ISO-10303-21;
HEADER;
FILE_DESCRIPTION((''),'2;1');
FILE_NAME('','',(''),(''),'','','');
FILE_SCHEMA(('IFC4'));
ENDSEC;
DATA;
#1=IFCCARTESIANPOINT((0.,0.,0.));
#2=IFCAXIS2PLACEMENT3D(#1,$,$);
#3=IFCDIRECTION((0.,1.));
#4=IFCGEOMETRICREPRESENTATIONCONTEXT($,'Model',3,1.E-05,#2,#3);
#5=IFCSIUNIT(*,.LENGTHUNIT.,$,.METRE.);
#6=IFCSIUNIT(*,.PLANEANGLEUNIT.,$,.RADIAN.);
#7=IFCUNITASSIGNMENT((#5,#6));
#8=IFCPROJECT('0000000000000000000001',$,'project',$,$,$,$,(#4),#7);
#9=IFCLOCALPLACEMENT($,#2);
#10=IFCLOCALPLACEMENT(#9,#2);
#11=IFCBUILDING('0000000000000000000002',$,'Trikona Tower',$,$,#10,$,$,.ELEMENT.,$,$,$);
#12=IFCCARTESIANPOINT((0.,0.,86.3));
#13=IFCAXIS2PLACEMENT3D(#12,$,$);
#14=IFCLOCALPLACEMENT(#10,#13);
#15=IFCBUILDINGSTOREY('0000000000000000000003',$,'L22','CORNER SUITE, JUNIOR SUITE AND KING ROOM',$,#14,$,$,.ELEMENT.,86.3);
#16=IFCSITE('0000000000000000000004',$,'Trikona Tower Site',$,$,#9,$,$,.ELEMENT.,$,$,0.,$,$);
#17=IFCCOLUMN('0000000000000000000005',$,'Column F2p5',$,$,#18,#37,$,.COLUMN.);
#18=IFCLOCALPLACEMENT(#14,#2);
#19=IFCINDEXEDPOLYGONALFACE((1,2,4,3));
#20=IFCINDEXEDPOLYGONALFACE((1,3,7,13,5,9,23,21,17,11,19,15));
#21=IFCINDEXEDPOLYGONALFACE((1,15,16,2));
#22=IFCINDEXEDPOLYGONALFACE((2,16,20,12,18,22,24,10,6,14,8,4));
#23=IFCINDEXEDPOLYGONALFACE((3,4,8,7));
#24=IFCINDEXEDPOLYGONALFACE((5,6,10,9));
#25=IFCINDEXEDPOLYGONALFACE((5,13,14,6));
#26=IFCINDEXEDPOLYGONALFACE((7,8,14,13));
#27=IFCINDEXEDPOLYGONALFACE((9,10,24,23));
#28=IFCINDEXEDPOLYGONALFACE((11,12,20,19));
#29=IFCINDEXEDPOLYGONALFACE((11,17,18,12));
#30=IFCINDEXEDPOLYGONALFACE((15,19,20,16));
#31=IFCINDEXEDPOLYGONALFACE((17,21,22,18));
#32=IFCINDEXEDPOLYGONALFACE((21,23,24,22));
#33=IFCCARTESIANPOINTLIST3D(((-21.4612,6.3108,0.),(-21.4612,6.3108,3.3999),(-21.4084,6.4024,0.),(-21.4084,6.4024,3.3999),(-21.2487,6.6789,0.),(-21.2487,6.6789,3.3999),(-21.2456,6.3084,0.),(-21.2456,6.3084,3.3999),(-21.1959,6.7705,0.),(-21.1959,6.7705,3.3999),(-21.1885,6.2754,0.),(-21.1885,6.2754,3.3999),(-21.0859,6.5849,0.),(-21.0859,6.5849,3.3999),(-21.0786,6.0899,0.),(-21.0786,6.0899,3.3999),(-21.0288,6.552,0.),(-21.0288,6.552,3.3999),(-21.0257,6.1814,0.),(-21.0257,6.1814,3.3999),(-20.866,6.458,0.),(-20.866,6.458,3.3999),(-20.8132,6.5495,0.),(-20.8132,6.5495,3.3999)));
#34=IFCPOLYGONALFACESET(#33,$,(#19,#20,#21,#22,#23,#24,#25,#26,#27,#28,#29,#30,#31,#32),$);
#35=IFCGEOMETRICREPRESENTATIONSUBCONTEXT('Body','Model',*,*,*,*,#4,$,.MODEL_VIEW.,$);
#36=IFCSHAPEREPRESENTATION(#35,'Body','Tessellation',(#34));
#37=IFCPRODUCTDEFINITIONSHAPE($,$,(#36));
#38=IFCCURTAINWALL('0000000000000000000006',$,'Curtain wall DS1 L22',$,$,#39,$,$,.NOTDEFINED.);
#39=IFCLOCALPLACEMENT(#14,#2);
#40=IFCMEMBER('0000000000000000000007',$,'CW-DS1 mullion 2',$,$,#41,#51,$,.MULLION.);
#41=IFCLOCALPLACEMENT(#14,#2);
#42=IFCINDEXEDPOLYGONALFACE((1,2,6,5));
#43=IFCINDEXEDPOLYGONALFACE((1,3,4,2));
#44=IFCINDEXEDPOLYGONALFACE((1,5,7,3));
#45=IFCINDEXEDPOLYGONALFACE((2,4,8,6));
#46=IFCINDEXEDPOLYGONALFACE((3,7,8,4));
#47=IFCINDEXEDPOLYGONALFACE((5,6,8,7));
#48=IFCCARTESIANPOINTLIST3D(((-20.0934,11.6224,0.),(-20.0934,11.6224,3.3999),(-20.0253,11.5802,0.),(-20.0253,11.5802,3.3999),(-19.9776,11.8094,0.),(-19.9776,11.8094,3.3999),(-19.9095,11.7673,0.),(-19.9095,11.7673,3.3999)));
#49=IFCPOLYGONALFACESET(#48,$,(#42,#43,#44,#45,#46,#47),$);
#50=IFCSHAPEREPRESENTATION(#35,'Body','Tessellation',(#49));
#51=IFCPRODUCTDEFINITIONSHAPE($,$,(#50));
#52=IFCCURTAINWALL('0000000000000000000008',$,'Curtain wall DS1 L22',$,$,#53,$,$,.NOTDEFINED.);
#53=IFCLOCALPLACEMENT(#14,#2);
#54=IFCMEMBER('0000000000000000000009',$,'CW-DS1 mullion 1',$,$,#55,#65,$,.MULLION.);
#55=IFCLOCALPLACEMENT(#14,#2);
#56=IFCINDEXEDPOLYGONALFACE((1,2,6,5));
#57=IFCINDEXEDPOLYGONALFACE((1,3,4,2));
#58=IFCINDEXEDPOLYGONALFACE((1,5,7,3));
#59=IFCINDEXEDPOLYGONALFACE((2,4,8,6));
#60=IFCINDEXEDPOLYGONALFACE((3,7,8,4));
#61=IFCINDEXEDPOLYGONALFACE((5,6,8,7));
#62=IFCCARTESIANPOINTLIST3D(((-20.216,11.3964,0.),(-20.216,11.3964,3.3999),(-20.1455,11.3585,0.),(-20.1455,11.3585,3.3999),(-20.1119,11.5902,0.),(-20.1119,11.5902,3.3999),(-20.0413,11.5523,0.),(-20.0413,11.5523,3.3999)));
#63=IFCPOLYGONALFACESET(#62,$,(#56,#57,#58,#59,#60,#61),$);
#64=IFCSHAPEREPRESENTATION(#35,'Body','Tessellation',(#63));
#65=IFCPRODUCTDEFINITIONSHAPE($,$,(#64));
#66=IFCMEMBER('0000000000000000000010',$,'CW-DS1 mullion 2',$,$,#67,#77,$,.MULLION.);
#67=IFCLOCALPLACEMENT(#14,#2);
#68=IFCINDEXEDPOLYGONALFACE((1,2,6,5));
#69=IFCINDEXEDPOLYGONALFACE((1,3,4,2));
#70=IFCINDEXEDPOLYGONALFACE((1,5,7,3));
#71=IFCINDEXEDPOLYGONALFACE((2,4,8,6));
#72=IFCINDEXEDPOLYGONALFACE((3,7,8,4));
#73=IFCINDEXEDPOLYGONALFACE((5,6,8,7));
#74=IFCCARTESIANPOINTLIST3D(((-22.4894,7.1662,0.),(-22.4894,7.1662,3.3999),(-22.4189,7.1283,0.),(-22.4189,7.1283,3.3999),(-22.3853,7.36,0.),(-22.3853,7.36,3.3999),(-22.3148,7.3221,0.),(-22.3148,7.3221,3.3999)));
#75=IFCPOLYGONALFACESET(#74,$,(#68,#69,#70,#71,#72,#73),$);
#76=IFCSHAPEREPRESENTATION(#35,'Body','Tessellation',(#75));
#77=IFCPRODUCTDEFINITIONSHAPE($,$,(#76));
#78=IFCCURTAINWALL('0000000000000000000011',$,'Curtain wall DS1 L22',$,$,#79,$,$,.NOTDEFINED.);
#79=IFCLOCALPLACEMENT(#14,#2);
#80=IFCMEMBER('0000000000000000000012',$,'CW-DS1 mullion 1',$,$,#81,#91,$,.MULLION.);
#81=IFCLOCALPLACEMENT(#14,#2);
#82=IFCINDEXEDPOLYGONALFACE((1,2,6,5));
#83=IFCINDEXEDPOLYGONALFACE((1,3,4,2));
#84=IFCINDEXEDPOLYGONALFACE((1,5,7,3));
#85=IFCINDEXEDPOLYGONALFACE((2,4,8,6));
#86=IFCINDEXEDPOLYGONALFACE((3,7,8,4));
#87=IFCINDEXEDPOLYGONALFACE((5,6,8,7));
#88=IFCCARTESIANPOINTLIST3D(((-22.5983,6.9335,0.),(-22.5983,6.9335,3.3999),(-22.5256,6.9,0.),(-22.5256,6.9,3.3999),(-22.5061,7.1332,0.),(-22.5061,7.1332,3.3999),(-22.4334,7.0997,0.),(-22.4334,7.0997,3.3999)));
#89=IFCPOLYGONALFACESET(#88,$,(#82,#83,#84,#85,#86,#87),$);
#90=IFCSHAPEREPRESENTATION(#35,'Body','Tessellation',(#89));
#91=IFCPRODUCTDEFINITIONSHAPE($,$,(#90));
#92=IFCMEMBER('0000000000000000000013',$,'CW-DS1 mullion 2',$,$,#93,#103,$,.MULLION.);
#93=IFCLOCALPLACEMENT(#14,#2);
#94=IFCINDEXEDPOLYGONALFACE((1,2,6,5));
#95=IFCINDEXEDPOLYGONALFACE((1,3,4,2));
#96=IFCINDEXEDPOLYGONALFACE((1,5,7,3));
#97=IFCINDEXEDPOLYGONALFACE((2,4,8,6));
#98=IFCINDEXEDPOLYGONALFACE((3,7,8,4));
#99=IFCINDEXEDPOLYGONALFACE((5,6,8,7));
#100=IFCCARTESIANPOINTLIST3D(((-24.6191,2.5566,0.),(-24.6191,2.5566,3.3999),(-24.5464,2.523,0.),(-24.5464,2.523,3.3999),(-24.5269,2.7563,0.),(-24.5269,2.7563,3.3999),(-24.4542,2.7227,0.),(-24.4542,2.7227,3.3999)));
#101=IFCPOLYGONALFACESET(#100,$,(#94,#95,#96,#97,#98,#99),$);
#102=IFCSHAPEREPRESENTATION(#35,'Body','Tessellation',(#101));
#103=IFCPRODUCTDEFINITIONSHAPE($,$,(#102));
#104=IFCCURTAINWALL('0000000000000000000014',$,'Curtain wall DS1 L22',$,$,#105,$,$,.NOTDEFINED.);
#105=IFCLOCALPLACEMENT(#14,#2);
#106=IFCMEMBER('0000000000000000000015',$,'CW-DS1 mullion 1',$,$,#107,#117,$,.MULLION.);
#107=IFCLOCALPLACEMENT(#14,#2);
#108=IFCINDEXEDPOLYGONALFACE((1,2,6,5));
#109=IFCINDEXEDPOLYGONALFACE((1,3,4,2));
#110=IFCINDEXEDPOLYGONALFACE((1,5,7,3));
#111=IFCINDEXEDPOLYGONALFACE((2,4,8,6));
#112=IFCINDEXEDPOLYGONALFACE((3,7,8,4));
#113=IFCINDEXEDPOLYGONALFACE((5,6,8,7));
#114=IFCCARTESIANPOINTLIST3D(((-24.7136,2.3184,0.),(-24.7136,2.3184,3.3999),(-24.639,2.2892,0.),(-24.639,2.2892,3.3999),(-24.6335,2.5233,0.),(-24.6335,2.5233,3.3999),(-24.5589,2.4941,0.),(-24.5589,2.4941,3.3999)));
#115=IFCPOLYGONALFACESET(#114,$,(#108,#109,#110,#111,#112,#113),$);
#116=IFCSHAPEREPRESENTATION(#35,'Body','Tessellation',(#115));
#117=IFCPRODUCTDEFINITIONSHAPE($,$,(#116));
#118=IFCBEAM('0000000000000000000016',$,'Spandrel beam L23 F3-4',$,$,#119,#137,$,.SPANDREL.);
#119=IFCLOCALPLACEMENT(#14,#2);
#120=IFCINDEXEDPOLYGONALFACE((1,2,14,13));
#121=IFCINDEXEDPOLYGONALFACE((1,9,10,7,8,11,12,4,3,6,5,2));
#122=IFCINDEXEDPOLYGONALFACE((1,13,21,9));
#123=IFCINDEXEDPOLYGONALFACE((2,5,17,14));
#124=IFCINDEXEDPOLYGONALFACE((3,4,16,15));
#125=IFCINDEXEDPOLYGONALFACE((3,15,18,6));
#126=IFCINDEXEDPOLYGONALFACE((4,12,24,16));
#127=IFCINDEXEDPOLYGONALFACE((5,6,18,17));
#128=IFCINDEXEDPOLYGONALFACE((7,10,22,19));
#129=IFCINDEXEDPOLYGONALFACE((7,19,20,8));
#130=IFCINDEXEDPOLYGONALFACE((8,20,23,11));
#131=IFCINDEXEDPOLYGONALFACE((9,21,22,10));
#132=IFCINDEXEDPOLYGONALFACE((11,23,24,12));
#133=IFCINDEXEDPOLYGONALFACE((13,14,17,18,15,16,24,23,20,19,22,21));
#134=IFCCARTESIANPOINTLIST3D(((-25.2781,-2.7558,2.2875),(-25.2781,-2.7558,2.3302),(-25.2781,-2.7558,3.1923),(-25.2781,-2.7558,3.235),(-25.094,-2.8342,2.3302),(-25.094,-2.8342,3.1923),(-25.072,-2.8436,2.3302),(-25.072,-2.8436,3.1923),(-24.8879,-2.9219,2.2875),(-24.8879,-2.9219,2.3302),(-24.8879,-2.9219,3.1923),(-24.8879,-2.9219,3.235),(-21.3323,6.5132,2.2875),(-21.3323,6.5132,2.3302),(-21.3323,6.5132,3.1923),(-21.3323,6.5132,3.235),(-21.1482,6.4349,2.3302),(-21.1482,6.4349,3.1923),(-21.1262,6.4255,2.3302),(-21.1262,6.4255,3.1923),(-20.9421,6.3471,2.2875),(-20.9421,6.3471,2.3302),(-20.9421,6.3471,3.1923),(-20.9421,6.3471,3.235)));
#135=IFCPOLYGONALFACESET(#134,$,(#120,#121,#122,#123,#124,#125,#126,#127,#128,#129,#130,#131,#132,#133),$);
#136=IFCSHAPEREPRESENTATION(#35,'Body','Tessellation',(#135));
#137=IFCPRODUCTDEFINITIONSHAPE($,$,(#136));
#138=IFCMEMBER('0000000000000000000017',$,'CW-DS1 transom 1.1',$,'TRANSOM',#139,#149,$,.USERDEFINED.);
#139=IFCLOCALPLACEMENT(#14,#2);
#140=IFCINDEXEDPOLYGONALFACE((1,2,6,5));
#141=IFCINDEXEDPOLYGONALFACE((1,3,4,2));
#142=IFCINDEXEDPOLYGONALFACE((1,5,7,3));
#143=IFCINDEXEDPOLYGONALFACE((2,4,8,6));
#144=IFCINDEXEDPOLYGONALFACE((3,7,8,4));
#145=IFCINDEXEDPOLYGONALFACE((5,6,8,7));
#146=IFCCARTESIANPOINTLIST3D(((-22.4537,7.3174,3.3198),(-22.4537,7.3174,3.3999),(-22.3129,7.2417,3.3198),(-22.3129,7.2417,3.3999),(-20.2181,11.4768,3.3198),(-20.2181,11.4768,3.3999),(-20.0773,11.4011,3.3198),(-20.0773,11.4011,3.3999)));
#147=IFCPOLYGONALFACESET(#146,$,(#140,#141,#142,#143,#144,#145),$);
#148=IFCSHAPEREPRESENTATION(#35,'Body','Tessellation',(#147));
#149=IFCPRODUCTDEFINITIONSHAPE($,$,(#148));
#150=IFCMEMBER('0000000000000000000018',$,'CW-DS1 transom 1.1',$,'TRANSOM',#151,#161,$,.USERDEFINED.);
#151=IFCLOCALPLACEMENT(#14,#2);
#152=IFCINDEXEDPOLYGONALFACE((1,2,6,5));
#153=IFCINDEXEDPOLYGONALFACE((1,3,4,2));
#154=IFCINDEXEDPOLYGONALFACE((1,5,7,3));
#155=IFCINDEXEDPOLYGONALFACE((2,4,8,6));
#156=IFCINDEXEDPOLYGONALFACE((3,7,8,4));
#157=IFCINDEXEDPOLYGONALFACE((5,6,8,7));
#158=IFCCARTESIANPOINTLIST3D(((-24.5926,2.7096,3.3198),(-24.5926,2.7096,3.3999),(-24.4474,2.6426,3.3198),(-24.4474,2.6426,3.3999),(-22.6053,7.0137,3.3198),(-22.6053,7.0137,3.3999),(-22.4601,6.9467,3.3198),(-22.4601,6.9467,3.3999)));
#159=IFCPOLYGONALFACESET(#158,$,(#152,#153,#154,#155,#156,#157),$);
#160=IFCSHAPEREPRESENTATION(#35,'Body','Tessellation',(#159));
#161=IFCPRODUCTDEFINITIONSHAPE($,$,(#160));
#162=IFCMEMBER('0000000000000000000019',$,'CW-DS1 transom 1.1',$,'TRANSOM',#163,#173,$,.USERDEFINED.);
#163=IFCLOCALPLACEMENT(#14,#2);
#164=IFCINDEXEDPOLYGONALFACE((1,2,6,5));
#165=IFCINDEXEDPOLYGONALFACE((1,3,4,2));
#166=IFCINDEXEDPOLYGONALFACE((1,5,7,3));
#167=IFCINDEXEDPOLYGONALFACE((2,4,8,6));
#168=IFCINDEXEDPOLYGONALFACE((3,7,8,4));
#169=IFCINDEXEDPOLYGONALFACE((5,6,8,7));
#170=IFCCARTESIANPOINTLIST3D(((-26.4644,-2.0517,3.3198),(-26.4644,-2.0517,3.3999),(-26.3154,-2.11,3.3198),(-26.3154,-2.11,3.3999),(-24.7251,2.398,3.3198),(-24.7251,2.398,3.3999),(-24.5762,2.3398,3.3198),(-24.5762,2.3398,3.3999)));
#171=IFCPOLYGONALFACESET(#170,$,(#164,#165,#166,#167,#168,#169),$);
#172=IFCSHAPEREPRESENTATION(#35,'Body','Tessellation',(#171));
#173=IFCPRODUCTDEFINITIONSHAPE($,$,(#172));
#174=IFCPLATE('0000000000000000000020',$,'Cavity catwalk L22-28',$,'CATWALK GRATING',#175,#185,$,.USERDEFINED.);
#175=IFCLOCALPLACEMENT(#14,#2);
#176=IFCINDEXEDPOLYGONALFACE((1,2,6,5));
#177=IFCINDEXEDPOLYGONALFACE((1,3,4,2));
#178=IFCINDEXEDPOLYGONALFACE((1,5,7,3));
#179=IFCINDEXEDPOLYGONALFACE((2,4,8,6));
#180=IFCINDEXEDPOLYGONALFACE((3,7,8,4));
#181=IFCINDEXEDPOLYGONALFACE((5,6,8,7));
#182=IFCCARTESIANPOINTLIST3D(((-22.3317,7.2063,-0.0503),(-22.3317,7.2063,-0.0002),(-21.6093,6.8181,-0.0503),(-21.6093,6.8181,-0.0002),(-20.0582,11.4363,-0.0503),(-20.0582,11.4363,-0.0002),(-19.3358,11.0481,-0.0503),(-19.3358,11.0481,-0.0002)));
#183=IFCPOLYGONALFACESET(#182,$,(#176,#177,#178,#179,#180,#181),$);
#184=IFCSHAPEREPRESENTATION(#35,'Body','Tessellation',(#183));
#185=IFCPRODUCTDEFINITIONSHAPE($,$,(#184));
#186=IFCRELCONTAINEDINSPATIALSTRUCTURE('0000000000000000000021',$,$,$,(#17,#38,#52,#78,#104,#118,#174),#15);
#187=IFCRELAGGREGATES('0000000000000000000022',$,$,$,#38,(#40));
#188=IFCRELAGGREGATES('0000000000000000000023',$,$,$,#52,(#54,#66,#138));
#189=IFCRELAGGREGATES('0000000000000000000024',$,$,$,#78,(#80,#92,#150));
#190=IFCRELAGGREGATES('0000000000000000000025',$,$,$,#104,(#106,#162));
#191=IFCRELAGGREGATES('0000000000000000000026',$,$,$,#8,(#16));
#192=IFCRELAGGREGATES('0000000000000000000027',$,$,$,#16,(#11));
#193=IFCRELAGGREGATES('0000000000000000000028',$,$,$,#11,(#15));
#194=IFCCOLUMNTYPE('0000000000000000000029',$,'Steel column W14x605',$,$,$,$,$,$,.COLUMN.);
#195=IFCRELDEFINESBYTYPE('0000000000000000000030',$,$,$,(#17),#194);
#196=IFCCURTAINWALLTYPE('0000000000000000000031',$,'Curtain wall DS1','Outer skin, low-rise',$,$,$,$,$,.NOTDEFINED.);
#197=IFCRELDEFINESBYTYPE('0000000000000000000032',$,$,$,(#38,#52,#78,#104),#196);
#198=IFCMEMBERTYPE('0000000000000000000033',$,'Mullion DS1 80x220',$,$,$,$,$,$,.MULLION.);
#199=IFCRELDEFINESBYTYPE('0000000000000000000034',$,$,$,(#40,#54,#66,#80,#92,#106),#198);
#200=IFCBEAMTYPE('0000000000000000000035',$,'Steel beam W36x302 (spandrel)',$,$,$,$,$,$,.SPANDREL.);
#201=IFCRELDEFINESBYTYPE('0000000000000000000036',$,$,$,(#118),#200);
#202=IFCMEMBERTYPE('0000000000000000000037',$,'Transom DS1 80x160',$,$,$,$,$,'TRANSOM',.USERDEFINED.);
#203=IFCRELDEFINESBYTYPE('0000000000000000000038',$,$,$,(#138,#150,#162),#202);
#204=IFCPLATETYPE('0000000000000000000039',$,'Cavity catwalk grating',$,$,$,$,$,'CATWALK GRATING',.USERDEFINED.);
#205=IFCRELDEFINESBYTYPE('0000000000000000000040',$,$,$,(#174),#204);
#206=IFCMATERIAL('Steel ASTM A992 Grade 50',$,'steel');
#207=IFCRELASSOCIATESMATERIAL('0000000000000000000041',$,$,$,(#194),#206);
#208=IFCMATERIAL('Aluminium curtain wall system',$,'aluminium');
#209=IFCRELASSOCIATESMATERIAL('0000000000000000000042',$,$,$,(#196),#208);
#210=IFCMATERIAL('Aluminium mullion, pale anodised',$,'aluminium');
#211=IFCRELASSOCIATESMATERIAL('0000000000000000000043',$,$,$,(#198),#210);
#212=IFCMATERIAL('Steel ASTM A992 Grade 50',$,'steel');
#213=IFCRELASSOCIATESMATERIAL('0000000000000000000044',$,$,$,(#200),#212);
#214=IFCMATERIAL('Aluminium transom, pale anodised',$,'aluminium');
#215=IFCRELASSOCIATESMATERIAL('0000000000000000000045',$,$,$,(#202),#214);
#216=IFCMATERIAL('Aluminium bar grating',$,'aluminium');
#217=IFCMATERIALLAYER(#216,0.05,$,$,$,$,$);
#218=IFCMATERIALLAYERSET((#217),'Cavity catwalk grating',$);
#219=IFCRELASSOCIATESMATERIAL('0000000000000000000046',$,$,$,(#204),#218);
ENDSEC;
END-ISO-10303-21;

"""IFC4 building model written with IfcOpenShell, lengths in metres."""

from ifc_helpers import new_model, si_unit, direction, frame, origin, origin_2d, place, context, subcontext, project, spatial, rectangle, i_section, extrude, material, layer, layer_set, material_profile, profile_set, type_object, element, aggregate, save


model = new_model("IFC4")

# Units and contexts
model_context = context("Model", 3, precision=1e-05, world=origin(), true_north=direction((0.0, 1.0)))
body_context = subcontext(model_context, "Body", "Model", "MODEL_VIEW")
ifc_project = project(units=[si_unit("LENGTHUNIT", "METRE"), si_unit("PLANEANGLEUNIT", "RADIAN")], contexts=[model_context])

# Site, building, storey
site_placement = place(None, origin())
site = spatial("IfcSite", under=ifc_project, at=site_placement, Name="Trikona Tower Site", CompositionType="ELEMENT", RefElevation=0.0)
building_placement = place(site_placement, origin())
building = spatial("IfcBuilding", under=site, at=building_placement, Name="Trikona Tower", CompositionType="ELEMENT")
storey_placement = place(building_placement, frame((0.0, 0.0, 86.3)))
storey = spatial("IfcBuildingStorey", under=building, at=storey_placement, Name="L22", Description="CORNER SUITE, JUNIOR SUITE AND KING ROOM", CompositionType="ELEMENT", Elevation=86.3)

# Column
ifc_material_1 = material(Name="Steel ASTM A992 Grade 50", Category="steel")
ifc_material_profile_1 = material_profile(ifc_material_1, i_section(OverallWidth=0.4419, OverallDepth=0.5308, WebThickness=0.0659, FlangeThickness=0.1057, at=origin_2d()), Name="W14X605")
ifc_profile_set_1 = profile_set([ifc_material_profile_1], Name="Steel ASTM A992 Grade 50")
column_type = type_object("IfcColumnType", Name="Steel column W14x605", PredefinedType="COLUMN", material=ifc_profile_set_1)
column_placement = place(storey_placement, frame((-21.1372, 6.4302, 0.0), z_axis=(0.0, 0.0, 1.0), x_axis=(-0.866025, 0.5, 0.0)))
element("IfcColumn", 1, at=column_placement, inside=storey, type_object=column_type, Name="Column F2p5", PredefinedType="COLUMN", context=body_context, shape_type="SweptSolid", body=[
    extrude(i_section(OverallWidth=0.4419, OverallDepth=0.5308, WebThickness=0.0659, FlangeThickness=0.1057, at=origin_2d()), origin(), (0.0, 0.0, 1.0), 3.3999),
])

# Curtain wall, member
ifc_material_2 = material(Name="Aluminium curtain wall system", Category="aluminium")
curtain_wall_type = type_object("IfcCurtainWallType", Name="Curtain wall DS1", Description="Outer skin, low-rise", PredefinedType="NOTDEFINED", material=ifc_material_2)
curtain_wall_1_placement = place(storey_placement, origin())
curtain_wall_1 = element("IfcCurtainWall", 2, at=curtain_wall_1_placement, inside=storey, type_object=curtain_wall_type, Name="Curtain wall DS1 L22", PredefinedType="NOTDEFINED")
ifc_material_3 = material(Name="Aluminium mullion, pale anodised", Category="aluminium")
ifc_material_profile_2 = material_profile(ifc_material_3, rectangle(XDim=0.0801, YDim=0.22, at=origin_2d()), Name="MUL-DS1")
ifc_profile_set_2 = profile_set([ifc_material_profile_2], Name="Aluminium mullion, pale anodised")
member_type_1 = type_object("IfcMemberType", Name="Mullion DS1 80x220", PredefinedType="MULLION", material=ifc_profile_set_2)
member_1_placement = place(storey_placement, frame((-20.0015, 11.6948, 0.0), z_axis=(0.0, 0.0, 1.0), x_axis=(0.85041, -0.52612, 0.0)))
member_1 = element("IfcMember", 3, at=member_1_placement, type_object=member_type_1, Name="CW-DS1 mullion 2", PredefinedType="MULLION", context=body_context, shape_type="SweptSolid", body=[
    extrude(rectangle(XDim=0.0801, YDim=0.22, at=origin_2d()), origin(), (0.0, 0.0, 1.0), 3.3999),
])
aggregate(curtain_wall_1, [member_1])

# Curtain walls, members
curtain_wall_2_placement = place(storey_placement, origin())
curtain_wall_2 = element("IfcCurtainWall", 4, at=curtain_wall_2_placement, inside=storey, type_object=curtain_wall_type, Name="Curtain wall DS1 L22", PredefinedType="NOTDEFINED")
member_2_placement = place(storey_placement, frame((-20.1287, 11.4744, 0.0), z_axis=(0.0, 0.0, 1.0), x_axis=(0.880843, -0.473408, 0.0)))
member_2 = element("IfcMember", 5, at=member_2_placement, type_object=member_type_1, Name="CW-DS1 mullion 1", PredefinedType="MULLION", context=body_context, shape_type="SweptSolid", body=[
    extrude(rectangle(XDim=0.0801, YDim=0.22, at=origin_2d()), origin(), (0.0, 0.0, 1.0), 3.3999),
])
member_3_placement = place(storey_placement, frame((-22.4021, 7.2441, 0.0), z_axis=(0.0, 0.0, 1.0), x_axis=(0.880843, -0.473408, 0.0)))
member_3 = element("IfcMember", 6, at=member_3_placement, type_object=member_type_1, Name="CW-DS1 mullion 2", PredefinedType="MULLION", context=body_context, shape_type="SweptSolid", body=[
    extrude(rectangle(XDim=0.0801, YDim=0.22, at=origin_2d()), origin(), (0.0, 0.0, 1.0), 3.3999),
])
curtain_wall_3_placement = place(storey_placement, origin())
curtain_wall_3 = element("IfcCurtainWall", 7, at=curtain_wall_3_placement, inside=storey, type_object=curtain_wall_type, Name="Curtain wall DS1 L22", PredefinedType="NOTDEFINED")
member_4_placement = place(storey_placement, frame((-22.5159, 7.0166, 0.0), z_axis=(0.0, 0.0, 1.0), x_axis=(0.907898, -0.41919, 0.0)))
member_4 = element("IfcMember", 8, at=member_4_placement, type_object=member_type_1, Name="CW-DS1 mullion 1", PredefinedType="MULLION", context=body_context, shape_type="SweptSolid", body=[
    extrude(rectangle(XDim=0.0801, YDim=0.22, at=origin_2d()), origin(), (0.0, 0.0, 1.0), 3.3999),
])
member_5_placement = place(storey_placement, frame((-24.5366, 2.6396, 0.0), z_axis=(0.0, 0.0, 1.0), x_axis=(0.907898, -0.41919, 0.0)))
member_5 = element("IfcMember", 9, at=member_5_placement, type_object=member_type_1, Name="CW-DS1 mullion 2", PredefinedType="MULLION", context=body_context, shape_type="SweptSolid", body=[
    extrude(rectangle(XDim=0.0801, YDim=0.22, at=origin_2d()), origin(), (0.0, 0.0, 1.0), 3.3999),
])

# Curtain wall, member
curtain_wall_4_placement = place(storey_placement, origin())
curtain_wall_4 = element("IfcCurtainWall", 10, at=curtain_wall_4_placement, inside=storey, type_object=curtain_wall_type, Name="Curtain wall DS1 L22", PredefinedType="NOTDEFINED")
member_6_placement = place(storey_placement, frame((-24.6362, 2.4062, 0.0), z_axis=(0.0, 0.0, 1.0), x_axis=(0.931396, -0.364008, 0.0)))
member_6 = element("IfcMember", 11, at=member_6_placement, type_object=member_type_1, Name="CW-DS1 mullion 1", PredefinedType="MULLION", context=body_context, shape_type="SweptSolid", body=[
    extrude(rectangle(XDim=0.0801, YDim=0.22, at=origin_2d()), origin(), (0.0, 0.0, 1.0), 3.3999),
])

# Beam
ifc_material_4 = material(Name="Steel ASTM A992 Grade 50", Category="steel")
ifc_material_profile_3 = material_profile(ifc_material_4, i_section(OverallWidth=0.4241, OverallDepth=0.9475, WebThickness=0.0239, FlangeThickness=0.0427, at=origin_2d()), Name="W36X302")
ifc_profile_set_3 = profile_set([ifc_material_profile_3], Name="Steel ASTM A992 Grade 50")
beam_type = type_object("IfcBeamType", Name="Steel beam W36x302 (spandrel)", PredefinedType="SPANDREL", material=ifc_profile_set_3)
beam_placement = place(storey_placement, frame((-21.1372, 6.4302, 2.7612), z_axis=(-0.391684, -0.9201, 0.0), x_axis=(0.9201, -0.391684, 0.0)))
element("IfcBeam", 12, at=beam_placement, inside=storey, type_object=beam_type, Name="Spandrel beam L23 F3-4", PredefinedType="SPANDREL", context=body_context, shape_type="SweptSolid", body=[
    extrude(i_section(OverallWidth=0.4241, OverallDepth=0.9475, WebThickness=0.0239, FlangeThickness=0.0427, at=origin_2d()), origin(), (0.0, 0.0, 1.0), 10.074),
])

# Members
ifc_material_5 = material(Name="Aluminium transom, pale anodised", Category="aluminium")
ifc_material_profile_4 = material_profile(ifc_material_5, rectangle(XDim=0.1599, YDim=0.0801, at=origin_2d()), Name="TRN-DS1")
ifc_profile_set_4 = profile_set([ifc_material_profile_4], Name="Aluminium transom, pale anodised")
member_type_2 = type_object("IfcMemberType", Name="Transom DS1 80x160", ElementType="TRANSOM", PredefinedType="USERDEFINED", material=ifc_profile_set_4)
member_7_placement = place(storey_placement, frame((-20.1477, 11.439, 3.3599), z_axis=(-0.473428, -0.880833, 0.0), x_axis=(0.880833, -0.473428, 0.0)))
member_7 = element("IfcMember", 13, at=member_7_placement, type_object=member_type_2, Name="CW-DS1 transom 1.1", ObjectType="TRANSOM", PredefinedType="USERDEFINED", context=body_context, shape_type="SweptSolid", body=[
    extrude(rectangle(XDim=0.1599, YDim=0.0801, at=origin_2d()), origin(), (0.0, 0.0, 1.0), 4.7222),
])
member_8_placement = place(storey_placement, frame((-22.5327, 6.9802, 3.3599), z_axis=(-0.419189, -0.907899, 0.0), x_axis=(0.907899, -0.419189, 0.0)))
member_8 = element("IfcMember", 14, at=member_8_placement, type_object=member_type_2, Name="CW-DS1 transom 1.1", ObjectType="TRANSOM", PredefinedType="USERDEFINED", context=body_context, shape_type="SweptSolid", body=[
    extrude(rectangle(XDim=0.1599, YDim=0.0801, at=origin_2d()), origin(), (0.0, 0.0, 1.0), 4.7407),
])
member_9_placement = place(storey_placement, frame((-24.6506, 2.3689, 3.3599), z_axis=(-0.364049, -0.93138, 0.0), x_axis=(0.93138, -0.364049, 0.0)))
member_9 = element("IfcMember", 15, at=member_9_placement, type_object=member_type_2, Name="CW-DS1 transom 1.1", ObjectType="TRANSOM", PredefinedType="USERDEFINED", context=body_context, shape_type="SweptSolid", body=[
    extrude(rectangle(XDim=0.1599, YDim=0.0801, at=origin_2d()), origin(), (0.0, 0.0, 1.0), 4.7776),
])

# Plate
ifc_material_6 = material(Name="Aluminium bar grating", Category="aluminium")
ifc_layer_1 = layer(ifc_material_6, 0.05)
ifc_layer_set_1 = layer_set([ifc_layer_1], Name="Cavity catwalk grating")
plate_type_1 = type_object("IfcPlateType", Name="Cavity catwalk grating", ElementType="CATWALK GRATING", PredefinedType="USERDEFINED", material=ifc_layer_set_1)
plate_1_placement = place(storey_placement, frame((-20.8337, 9.1272, -0.0503), z_axis=(0.0, 0.0, 1.0), x_axis=(-0.473423, -0.880835, 0.0)))
element("IfcPlate", 16, at=plate_1_placement, inside=storey, type_object=plate_type_1, Name="Cavity catwalk L22-28", ObjectType="CATWALK GRATING", PredefinedType="USERDEFINED", context=body_context, shape_type="SweptSolid", body=[
    extrude(rectangle(XDim=4.8022, YDim=0.8201, at=origin_2d()), origin(), (0.0, 0.0, 1.0), 0.05),
])

aggregate(curtain_wall_2, [member_2, member_3, member_7])
aggregate(curtain_wall_3, [member_4, member_5, member_8])
aggregate(curtain_wall_4, [member_6, member_9])

save(model, "model.ifc")
